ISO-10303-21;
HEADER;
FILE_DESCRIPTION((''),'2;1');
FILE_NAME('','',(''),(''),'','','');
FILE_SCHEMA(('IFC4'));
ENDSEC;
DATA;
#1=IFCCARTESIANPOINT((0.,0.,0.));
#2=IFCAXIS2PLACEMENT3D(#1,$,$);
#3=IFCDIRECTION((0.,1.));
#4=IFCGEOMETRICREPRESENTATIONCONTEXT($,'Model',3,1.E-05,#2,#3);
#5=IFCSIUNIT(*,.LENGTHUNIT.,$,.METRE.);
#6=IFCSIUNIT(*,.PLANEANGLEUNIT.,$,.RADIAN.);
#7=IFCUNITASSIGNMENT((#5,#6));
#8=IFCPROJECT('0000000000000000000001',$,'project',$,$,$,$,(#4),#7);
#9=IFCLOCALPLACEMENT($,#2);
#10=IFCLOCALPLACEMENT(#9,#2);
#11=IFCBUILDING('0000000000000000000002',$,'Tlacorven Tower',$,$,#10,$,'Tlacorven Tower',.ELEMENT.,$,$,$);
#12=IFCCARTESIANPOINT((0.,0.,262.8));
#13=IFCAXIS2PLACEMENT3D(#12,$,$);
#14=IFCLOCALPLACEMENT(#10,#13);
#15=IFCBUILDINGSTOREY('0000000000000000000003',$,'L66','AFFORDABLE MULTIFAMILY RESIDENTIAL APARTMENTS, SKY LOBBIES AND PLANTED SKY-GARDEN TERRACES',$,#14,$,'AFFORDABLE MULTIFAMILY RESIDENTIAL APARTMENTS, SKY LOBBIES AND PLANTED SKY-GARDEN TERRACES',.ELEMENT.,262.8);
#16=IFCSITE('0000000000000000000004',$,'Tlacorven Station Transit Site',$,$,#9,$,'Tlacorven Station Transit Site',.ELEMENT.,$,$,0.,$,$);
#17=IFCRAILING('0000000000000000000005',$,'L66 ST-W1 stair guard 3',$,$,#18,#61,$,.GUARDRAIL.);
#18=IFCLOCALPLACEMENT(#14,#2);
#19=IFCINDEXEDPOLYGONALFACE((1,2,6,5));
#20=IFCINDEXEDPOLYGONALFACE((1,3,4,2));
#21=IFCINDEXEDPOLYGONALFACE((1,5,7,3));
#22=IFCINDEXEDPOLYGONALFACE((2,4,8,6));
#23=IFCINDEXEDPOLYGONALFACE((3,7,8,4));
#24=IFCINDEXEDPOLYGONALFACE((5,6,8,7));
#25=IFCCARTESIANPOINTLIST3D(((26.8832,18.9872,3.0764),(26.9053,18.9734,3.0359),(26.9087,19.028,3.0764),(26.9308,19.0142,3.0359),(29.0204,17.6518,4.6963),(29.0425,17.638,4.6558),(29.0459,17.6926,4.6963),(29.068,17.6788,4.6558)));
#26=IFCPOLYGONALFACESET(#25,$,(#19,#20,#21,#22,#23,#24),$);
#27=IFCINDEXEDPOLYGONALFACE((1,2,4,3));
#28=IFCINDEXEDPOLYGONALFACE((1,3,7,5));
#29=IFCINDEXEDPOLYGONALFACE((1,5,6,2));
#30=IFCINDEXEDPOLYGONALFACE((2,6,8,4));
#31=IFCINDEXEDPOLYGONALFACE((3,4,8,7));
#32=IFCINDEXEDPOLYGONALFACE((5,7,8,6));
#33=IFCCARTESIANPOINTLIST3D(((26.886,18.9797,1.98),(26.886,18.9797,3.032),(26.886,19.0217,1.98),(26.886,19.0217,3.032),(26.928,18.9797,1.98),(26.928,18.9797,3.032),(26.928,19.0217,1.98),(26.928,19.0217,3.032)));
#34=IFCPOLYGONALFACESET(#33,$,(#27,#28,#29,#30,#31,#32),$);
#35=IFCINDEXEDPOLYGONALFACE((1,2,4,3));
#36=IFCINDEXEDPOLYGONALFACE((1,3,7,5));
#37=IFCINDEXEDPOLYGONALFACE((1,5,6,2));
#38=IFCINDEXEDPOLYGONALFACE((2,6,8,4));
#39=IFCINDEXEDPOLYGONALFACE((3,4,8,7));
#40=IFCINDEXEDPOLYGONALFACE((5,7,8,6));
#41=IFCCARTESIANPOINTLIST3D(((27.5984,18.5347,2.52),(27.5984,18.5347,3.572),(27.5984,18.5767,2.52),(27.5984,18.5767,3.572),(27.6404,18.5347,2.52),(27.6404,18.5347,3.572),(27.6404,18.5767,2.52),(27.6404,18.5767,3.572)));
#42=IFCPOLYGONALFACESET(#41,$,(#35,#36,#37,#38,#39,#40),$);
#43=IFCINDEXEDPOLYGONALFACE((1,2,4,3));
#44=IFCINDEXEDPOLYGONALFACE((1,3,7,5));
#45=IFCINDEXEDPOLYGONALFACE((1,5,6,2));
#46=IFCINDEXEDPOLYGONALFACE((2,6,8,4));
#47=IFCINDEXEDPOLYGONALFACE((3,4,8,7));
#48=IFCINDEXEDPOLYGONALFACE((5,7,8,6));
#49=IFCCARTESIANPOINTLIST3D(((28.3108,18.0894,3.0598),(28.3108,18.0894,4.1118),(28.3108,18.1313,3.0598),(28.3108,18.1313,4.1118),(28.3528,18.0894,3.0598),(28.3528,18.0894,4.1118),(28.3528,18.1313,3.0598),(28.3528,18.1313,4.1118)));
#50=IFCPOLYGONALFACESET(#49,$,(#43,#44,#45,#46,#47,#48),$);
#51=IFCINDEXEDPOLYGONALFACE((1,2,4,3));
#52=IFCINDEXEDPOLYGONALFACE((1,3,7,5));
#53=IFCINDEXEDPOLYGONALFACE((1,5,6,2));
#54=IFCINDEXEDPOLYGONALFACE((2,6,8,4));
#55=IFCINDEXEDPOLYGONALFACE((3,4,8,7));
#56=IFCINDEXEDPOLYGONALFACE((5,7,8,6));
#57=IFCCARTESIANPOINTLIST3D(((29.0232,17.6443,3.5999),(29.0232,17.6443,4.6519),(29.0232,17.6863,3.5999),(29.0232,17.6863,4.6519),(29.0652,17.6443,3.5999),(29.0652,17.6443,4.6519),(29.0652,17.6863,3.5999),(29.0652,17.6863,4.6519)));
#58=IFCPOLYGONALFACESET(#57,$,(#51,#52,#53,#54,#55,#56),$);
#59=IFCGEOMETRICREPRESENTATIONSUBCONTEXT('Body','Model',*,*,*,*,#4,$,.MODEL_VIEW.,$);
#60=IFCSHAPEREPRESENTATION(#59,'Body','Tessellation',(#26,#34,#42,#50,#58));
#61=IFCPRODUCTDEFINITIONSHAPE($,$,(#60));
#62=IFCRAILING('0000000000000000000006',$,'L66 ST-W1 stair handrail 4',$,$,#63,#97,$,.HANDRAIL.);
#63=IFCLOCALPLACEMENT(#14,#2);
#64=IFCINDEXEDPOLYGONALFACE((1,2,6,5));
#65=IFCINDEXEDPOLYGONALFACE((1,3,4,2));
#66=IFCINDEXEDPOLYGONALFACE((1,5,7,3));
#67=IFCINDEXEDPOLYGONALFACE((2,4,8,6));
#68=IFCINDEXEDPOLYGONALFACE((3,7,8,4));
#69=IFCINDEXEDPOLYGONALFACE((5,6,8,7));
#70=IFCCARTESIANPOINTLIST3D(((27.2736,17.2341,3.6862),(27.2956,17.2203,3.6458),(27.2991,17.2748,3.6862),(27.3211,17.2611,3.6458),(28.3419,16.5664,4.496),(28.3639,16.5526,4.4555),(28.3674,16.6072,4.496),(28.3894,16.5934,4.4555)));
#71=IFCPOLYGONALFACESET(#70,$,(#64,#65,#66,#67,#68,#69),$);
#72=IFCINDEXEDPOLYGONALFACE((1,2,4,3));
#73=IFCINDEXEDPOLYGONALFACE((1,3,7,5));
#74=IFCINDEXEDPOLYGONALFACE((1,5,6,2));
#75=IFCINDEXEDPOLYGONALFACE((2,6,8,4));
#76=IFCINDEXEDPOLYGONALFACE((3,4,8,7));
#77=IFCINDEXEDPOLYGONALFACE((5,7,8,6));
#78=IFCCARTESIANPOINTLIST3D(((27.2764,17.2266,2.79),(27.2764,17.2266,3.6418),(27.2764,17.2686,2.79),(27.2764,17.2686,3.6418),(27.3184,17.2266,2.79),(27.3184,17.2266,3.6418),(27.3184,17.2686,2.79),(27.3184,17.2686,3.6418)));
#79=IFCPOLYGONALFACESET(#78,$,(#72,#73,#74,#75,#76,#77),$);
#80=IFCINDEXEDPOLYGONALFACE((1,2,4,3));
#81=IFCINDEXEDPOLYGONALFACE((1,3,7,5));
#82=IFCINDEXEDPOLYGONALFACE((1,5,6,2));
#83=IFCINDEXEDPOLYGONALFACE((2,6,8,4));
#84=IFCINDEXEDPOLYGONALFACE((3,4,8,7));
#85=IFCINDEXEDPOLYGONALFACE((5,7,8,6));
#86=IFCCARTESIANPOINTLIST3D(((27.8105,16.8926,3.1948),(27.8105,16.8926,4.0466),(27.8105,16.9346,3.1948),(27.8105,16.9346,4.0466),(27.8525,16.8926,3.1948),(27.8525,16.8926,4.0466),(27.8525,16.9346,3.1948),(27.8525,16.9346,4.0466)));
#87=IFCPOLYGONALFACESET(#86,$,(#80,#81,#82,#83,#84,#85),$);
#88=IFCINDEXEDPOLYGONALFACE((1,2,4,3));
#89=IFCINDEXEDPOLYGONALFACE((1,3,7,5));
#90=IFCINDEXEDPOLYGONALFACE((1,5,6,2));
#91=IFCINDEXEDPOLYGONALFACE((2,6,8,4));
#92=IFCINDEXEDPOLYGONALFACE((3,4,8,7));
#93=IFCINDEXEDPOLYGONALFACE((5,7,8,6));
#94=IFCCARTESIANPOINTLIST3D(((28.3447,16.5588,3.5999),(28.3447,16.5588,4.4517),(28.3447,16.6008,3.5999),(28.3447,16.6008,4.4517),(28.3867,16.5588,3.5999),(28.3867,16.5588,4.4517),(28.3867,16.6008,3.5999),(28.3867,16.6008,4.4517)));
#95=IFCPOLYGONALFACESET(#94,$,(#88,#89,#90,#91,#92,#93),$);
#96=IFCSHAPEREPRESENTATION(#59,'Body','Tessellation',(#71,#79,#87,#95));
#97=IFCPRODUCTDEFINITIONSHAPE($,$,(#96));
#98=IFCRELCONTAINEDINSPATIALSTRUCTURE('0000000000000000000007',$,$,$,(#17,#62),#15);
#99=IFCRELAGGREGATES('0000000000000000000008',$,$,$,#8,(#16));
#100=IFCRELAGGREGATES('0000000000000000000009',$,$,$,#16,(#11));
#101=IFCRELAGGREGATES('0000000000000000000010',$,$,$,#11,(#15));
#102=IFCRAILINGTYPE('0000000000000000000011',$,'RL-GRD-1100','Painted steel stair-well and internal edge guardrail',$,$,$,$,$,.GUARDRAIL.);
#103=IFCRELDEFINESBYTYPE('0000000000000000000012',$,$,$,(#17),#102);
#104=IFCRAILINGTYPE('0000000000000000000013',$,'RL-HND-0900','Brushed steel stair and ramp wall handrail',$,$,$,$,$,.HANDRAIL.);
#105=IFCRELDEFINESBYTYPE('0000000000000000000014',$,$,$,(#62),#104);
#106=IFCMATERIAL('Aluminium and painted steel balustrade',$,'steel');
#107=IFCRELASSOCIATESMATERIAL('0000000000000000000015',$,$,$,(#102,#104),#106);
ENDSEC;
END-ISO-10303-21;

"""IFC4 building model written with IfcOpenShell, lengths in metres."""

from ifc_helpers import new_model, si_unit, direction, frame, origin, origin_2d, place, context, subcontext, project, spatial, rectangle, extrude, source, transform, mapped, material, type_object, element, save


model = new_model("IFC4")

# Units and contexts
model_context = context("Model", 3, precision=1e-05, world=origin(), true_north=direction((0.0, 1.0)))
body_context = subcontext(model_context, "Body", "Model", "MODEL_VIEW")
ifc_project = project(units=[si_unit("LENGTHUNIT", "METRE"), si_unit("PLANEANGLEUNIT", "RADIAN")], contexts=[model_context])

# Site, building, storey
site_placement = place(None, origin())
site = spatial("IfcSite", under=ifc_project, at=site_placement, Name="Tlacorven Station Transit Site", LongName="Tlacorven Station Transit Site", CompositionType="ELEMENT", RefElevation=0.0)
building_placement = place(site_placement, origin())
building = spatial("IfcBuilding", under=site, at=building_placement, Name="Tlacorven Tower", LongName="Tlacorven Tower", CompositionType="ELEMENT")
storey_placement = place(building_placement, frame((0.0, 0.0, 262.8)))
storey = spatial("IfcBuildingStorey", under=building, at=storey_placement, Name="L66", Description="AFFORDABLE MULTIFAMILY RESIDENTIAL APARTMENTS, SKY LOBBIES AND PLANTED SKY-GARDEN TERRACES", LongName="AFFORDABLE MULTIFAMILY RESIDENTIAL APARTMENTS, SKY LOBBIES AND PLANTED SKY-GARDEN TERRACES", CompositionType="ELEMENT", Elevation=262.8)

# Shared definitions
ifc_material_1 = material(Name="Aluminium and painted steel balustrade", Category="steel")

# Railings
railing_type_1 = type_object("IfcRailingType", Name="RL-GRD-1100", Description="Painted steel stair-well and internal edge guardrail", PredefinedType="GUARDRAIL", material=ifc_material_1)
railing_type_2 = type_object("IfcRailingType", Name="RL-HND-0900", Description="Brushed steel stair and ramp wall handrail", PredefinedType="HANDRAIL", material=ifc_material_1)
shared_shape_1 = source(origin(), body_context, "Body", "SweptSolid", [
    extrude(rectangle(XDim=0.0481, YDim=0.0481, at=origin_2d()), frame((0.0, 0.0, 1.0762), z_axis=(0.713391, -0.445768, 0.540707), x_axis=(0.529912, 0.848053, 0.0)), (0.0, 0.0, 1.0), 2.9958),
    extrude(rectangle(XDim=0.042, YDim=0.042, at=origin_2d()), origin(), (0.0, 0.0, 1.0), 1.052),
    extrude(rectangle(XDim=0.042, YDim=0.042, at=origin_2d()), frame((0.7124, -0.4451, 0.54)), (0.0, 0.0, 1.0), 1.052),
    extrude(rectangle(XDim=0.042, YDim=0.042, at=origin_2d()), frame((1.4248, -0.8904, 1.0798)), (0.0, 0.0, 1.0), 1.052),
    extrude(rectangle(XDim=0.042, YDim=0.042, at=origin_2d()), frame((2.1372, -1.3354, 1.6199)), (0.0, 0.0, 1.0), 1.052),
])
railing_1_placement = place(storey_placement, frame((26.907, 19.0007, 1.98)))
element("IfcRailing", 1, at=railing_1_placement, inside=storey, type_object=railing_type_1, Name="L66 ST-W1 stair guard 3", PredefinedType="GUARDRAIL", context=body_context, shape_type="MappedRepresentation", body=[
    mapped(shared_shape_1, transform((0.0, 0.0, 0.0), scale=1.0)),
])
shared_shape_2 = source(origin(), body_context, "Body", "SweptSolid", [
    extrude(rectangle(XDim=0.0481, YDim=0.0481, at=origin_2d()), frame((0.0, 0.0, 0.876), z_axis=(0.713343, -0.445839, 0.540712), x_axis=(0.529999, 0.847998, 0.0)), (0.0, 0.0, 1.0), 1.4976),
    extrude(rectangle(XDim=0.042, YDim=0.042, at=origin_2d()), origin(), (0.0, 0.0, 1.0), 0.8518),
    extrude(rectangle(XDim=0.042, YDim=0.042, at=origin_2d()), frame((0.5342, -0.334, 0.4048)), (0.0, 0.0, 1.0), 0.8518),
    extrude(rectangle(XDim=0.042, YDim=0.042, at=origin_2d()), frame((1.0684, -0.6677, 0.8098)), (0.0, 0.0, 1.0), 0.8518),
])
railing_2_placement = place(storey_placement, frame((27.2974, 17.2476, 2.79)))
element("IfcRailing", 2, at=railing_2_placement, inside=storey, type_object=railing_type_2, Name="L66 ST-W1 stair handrail 4", PredefinedType="HANDRAIL", context=body_context, shape_type="MappedRepresentation", body=[
    mapped(shared_shape_2, transform((0.0, 0.0, 0.0), scale=1.0)),
])

save(model, "model.ifc")
